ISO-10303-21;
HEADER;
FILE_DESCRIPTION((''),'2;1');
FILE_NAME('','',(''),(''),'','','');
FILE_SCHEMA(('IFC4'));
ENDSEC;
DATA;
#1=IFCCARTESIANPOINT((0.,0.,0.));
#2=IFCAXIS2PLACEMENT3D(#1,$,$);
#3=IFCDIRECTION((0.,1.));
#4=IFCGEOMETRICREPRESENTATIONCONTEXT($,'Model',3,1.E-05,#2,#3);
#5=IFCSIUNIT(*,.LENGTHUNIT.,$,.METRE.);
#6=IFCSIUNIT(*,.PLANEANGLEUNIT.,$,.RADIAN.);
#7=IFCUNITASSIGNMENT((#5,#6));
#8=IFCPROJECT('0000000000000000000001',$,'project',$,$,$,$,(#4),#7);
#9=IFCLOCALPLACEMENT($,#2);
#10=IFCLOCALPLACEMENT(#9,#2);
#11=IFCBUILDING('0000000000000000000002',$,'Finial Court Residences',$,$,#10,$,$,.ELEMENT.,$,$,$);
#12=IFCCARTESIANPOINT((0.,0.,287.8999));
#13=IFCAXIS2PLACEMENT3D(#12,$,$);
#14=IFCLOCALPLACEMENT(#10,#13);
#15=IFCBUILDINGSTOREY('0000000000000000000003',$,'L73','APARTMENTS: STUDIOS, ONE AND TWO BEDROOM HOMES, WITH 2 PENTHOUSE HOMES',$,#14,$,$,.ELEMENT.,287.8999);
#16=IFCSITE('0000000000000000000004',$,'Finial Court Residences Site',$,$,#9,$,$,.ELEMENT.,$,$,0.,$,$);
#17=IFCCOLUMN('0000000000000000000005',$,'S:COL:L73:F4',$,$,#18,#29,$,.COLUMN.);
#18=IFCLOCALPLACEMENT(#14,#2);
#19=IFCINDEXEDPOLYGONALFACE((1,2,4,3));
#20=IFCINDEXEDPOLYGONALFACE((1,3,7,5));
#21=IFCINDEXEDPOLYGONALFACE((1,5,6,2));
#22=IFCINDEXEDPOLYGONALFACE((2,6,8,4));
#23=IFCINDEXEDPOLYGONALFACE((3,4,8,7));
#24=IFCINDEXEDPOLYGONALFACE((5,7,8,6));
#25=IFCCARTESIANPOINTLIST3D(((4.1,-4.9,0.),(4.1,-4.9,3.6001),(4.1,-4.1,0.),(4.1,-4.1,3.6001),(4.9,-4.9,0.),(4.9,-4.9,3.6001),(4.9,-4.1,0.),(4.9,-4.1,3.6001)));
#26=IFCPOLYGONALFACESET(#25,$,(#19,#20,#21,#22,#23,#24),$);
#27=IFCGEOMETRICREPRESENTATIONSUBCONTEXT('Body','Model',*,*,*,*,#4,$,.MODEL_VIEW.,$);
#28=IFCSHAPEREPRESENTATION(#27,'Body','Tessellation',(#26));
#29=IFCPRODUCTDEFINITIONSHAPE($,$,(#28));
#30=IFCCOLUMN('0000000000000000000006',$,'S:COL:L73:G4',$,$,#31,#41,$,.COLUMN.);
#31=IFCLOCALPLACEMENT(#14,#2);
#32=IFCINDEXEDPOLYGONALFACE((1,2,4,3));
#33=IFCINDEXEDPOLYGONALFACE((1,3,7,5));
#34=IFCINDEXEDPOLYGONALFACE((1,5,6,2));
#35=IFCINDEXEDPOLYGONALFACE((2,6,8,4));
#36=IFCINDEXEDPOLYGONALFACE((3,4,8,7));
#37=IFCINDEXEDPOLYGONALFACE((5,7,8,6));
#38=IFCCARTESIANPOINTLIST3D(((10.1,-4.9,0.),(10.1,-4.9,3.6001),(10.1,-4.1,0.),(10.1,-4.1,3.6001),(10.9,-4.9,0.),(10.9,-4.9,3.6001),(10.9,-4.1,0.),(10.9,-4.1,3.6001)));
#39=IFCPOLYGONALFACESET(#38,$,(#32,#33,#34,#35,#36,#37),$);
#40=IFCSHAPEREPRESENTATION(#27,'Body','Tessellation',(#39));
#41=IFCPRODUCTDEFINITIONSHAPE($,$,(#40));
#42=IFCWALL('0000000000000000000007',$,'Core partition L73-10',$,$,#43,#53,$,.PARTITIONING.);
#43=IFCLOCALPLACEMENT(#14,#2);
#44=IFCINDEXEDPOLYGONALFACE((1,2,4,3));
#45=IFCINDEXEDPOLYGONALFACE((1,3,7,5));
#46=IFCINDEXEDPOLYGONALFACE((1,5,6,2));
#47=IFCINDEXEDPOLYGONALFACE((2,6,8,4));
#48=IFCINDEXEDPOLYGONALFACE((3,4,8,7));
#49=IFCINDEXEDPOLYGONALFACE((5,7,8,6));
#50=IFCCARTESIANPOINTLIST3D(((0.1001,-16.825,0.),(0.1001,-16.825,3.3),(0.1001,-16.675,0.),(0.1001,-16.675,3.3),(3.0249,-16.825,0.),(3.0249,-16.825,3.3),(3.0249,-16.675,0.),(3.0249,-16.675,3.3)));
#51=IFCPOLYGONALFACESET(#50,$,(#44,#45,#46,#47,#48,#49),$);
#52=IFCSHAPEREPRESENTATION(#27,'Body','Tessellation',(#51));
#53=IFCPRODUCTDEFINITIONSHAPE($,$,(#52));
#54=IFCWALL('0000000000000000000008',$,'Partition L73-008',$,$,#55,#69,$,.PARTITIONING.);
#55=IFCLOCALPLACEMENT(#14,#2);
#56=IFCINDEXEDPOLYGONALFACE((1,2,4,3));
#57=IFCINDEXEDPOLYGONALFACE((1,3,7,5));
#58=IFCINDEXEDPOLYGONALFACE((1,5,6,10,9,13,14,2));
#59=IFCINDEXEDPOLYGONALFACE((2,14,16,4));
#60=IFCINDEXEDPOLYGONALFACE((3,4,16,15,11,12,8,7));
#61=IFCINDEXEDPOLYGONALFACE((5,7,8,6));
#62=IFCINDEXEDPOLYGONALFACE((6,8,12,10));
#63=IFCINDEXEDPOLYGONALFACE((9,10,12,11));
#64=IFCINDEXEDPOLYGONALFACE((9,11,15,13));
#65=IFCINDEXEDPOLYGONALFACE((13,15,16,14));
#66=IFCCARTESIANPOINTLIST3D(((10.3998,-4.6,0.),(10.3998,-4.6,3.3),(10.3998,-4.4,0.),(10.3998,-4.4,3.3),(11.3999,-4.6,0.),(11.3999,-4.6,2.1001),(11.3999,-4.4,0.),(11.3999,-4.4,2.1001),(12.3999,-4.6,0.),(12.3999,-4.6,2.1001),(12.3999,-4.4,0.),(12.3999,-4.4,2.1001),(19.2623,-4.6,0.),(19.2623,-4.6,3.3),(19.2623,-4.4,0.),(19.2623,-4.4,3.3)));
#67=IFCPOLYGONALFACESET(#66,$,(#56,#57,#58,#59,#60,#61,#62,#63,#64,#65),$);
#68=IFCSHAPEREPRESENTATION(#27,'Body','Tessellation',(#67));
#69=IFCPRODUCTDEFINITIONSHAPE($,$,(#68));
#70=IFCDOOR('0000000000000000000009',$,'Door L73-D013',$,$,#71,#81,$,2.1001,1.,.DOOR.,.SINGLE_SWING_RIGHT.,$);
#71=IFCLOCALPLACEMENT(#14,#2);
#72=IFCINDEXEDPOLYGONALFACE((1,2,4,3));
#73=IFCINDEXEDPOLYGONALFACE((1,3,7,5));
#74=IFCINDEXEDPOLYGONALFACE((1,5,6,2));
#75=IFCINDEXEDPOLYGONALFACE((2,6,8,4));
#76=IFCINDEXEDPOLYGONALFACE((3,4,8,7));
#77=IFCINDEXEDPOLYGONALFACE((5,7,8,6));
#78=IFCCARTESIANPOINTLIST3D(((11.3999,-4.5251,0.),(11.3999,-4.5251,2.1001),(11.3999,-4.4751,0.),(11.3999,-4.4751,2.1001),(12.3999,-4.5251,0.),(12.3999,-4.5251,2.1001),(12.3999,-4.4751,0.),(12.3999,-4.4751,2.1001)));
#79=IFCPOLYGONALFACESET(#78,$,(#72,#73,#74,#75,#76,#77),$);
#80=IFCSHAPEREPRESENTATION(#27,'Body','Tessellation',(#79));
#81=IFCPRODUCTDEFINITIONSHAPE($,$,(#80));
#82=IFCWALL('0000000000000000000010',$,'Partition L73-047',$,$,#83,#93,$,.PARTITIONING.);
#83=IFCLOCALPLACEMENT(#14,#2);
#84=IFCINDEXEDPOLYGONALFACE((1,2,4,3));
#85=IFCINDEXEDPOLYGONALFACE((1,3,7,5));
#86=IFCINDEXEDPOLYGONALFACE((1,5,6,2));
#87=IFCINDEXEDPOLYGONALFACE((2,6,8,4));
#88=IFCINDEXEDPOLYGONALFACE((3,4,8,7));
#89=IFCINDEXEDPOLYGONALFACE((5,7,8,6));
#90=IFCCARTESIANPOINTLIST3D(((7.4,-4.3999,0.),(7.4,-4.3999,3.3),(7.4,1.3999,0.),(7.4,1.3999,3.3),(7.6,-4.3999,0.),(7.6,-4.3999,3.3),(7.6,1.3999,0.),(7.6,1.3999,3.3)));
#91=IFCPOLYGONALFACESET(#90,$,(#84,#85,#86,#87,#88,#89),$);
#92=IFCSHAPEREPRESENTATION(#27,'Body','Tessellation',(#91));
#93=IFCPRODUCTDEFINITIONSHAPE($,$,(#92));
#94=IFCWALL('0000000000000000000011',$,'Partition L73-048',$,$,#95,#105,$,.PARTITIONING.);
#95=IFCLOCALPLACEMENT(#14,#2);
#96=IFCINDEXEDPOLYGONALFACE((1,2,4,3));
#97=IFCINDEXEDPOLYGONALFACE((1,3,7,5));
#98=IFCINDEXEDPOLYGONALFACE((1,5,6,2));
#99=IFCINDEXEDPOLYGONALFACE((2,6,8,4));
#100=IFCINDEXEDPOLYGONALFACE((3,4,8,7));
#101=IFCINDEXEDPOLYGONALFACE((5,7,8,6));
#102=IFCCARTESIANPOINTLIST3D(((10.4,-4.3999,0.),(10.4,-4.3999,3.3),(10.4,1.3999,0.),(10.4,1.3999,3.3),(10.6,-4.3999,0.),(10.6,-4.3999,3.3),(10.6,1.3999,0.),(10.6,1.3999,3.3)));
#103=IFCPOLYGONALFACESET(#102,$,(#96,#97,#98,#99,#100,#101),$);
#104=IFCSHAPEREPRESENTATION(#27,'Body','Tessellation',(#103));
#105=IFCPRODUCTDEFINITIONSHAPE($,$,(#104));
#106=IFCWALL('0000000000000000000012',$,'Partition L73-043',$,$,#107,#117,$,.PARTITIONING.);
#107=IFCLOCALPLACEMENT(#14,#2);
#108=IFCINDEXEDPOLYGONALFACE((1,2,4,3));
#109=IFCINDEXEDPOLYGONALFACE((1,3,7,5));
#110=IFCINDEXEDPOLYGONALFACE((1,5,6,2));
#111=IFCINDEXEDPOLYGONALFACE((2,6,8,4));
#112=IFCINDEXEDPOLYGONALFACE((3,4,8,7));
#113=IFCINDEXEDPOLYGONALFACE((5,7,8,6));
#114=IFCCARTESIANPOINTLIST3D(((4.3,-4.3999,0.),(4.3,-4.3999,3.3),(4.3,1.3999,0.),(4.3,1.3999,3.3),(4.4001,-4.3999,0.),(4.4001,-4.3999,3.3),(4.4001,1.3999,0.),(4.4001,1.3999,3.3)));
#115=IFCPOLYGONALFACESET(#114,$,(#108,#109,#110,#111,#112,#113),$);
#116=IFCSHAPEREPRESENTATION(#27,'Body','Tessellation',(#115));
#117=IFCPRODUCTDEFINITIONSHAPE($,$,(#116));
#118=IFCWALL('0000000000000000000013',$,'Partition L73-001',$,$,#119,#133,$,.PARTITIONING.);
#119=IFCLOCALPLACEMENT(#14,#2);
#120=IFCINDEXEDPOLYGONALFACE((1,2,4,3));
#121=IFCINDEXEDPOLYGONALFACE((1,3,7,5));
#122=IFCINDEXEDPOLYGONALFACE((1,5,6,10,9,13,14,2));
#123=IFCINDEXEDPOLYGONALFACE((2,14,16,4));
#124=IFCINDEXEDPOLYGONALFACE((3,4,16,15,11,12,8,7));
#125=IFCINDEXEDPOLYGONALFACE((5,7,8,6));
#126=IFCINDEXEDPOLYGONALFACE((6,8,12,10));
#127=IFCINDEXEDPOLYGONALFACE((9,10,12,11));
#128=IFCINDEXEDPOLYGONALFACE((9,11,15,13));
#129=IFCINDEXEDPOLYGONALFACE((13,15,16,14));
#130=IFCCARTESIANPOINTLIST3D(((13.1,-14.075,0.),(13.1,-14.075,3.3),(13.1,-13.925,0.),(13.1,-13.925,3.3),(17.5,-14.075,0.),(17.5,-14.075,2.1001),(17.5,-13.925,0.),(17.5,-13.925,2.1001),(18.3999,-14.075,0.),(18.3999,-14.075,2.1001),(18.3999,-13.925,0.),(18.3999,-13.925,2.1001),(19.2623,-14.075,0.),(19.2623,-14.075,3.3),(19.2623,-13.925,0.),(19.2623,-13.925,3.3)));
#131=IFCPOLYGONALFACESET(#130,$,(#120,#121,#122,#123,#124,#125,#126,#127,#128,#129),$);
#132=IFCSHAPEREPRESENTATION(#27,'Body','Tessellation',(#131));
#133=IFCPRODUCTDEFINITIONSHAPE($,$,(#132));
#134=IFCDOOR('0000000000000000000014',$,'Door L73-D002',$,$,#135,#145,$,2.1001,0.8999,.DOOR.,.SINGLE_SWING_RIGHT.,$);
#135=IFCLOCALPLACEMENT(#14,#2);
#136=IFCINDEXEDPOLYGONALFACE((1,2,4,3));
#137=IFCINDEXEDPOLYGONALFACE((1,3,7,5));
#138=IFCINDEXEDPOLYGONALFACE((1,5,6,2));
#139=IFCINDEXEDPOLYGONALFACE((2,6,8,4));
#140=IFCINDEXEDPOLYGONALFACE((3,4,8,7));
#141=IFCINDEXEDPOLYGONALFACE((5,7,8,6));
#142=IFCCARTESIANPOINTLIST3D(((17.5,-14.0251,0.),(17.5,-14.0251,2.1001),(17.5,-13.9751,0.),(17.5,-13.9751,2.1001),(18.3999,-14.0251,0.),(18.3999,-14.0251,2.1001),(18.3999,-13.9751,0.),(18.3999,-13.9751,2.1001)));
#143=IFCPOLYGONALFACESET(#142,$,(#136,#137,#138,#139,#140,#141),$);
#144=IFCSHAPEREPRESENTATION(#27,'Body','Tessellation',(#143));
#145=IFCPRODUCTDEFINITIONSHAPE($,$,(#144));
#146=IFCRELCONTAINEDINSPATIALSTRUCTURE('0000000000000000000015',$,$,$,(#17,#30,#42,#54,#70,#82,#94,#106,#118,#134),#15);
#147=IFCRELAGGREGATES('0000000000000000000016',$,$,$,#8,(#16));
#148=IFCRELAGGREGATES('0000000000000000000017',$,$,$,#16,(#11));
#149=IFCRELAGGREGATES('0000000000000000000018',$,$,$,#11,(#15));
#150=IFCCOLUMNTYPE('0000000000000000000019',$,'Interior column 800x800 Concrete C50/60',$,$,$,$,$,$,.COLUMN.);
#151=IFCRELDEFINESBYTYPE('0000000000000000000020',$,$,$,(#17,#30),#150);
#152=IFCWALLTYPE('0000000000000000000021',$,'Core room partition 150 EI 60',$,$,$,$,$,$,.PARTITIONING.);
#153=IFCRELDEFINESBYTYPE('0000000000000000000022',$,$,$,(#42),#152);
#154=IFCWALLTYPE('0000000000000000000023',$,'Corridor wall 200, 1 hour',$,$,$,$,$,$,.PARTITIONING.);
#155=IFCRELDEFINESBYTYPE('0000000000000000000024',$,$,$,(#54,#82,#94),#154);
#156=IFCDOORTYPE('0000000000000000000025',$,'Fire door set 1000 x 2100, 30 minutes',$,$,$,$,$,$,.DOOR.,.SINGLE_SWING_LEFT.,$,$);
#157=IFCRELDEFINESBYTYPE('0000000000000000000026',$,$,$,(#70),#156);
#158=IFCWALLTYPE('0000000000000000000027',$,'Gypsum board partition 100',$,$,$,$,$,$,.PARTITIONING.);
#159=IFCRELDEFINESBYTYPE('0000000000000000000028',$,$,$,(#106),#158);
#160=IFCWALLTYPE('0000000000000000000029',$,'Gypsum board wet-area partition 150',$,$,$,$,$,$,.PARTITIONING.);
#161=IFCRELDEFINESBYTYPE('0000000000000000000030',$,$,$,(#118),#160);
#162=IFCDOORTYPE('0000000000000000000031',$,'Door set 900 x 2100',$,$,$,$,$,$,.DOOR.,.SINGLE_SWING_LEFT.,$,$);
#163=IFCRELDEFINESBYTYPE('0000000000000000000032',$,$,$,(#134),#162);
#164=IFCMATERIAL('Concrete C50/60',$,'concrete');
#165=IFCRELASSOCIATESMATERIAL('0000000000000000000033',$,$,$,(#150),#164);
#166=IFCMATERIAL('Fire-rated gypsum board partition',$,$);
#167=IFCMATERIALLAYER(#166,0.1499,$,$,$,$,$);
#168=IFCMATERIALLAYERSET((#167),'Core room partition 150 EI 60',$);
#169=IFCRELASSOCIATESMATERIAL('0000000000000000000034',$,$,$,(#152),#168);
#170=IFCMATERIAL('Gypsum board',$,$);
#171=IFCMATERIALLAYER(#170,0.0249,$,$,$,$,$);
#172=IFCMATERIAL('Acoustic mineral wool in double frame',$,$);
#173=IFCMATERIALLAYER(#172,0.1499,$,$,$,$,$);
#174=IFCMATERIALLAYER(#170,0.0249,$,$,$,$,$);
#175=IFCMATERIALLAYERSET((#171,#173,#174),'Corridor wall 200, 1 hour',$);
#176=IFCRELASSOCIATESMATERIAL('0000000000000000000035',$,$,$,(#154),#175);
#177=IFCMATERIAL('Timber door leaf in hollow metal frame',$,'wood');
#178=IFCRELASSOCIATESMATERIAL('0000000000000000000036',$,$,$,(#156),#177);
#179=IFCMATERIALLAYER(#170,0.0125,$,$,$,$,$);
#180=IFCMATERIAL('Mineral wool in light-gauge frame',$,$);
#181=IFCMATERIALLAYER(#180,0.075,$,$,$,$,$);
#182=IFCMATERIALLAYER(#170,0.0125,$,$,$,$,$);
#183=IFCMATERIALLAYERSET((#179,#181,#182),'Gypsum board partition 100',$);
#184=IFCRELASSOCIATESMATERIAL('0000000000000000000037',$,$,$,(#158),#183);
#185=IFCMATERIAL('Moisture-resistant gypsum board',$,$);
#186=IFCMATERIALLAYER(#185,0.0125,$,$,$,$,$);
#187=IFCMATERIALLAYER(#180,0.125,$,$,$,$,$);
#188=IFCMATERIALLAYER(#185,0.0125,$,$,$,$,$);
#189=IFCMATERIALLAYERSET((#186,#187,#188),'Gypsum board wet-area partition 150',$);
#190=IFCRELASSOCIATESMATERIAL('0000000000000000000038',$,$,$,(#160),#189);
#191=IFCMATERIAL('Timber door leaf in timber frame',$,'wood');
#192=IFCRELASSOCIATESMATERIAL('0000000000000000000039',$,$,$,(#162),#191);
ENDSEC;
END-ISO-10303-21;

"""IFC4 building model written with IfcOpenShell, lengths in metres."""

from ifc_helpers import new_model, si_unit, direction, frame, frame_2d, origin, origin_2d, place, context, subcontext, project, spatial, rectangle, extrude, material, layer, layer_set, material_profile, profile_set, type_object, element, fill, save


model = new_model("IFC4")

# Units and contexts
model_context = context("Model", 3, precision=1e-05, world=origin(), true_north=direction((0.0, 1.0)))
body_context = subcontext(model_context, "Body", "Model", "MODEL_VIEW")
ifc_project = project(units=[si_unit("LENGTHUNIT", "METRE"), si_unit("PLANEANGLEUNIT", "RADIAN")], contexts=[model_context])

# Site, building, storey
site_placement = place(None, origin())
site = spatial("IfcSite", under=ifc_project, at=site_placement, Name="Finial Court Residences Site", CompositionType="ELEMENT", RefElevation=0.0)
building_placement = place(site_placement, origin())
building = spatial("IfcBuilding", under=site, at=building_placement, Name="Finial Court Residences", CompositionType="ELEMENT")
storey_placement = place(building_placement, frame((0.0, 0.0, 287.8999)))
storey = spatial("IfcBuildingStorey", under=building, at=storey_placement, Name="L73", Description="APARTMENTS: STUDIOS, ONE AND TWO BEDROOM HOMES, WITH 2 PENTHOUSE HOMES", CompositionType="ELEMENT", Elevation=287.8999)

# Columns
ifc_material_1 = material(Name="Concrete C50/60", Category="concrete")
ifc_material_profile = material_profile(ifc_material_1, rectangle(XDim=0.8, YDim=0.8, at=origin_2d()), Name="800x800")
ifc_profile_set = profile_set([ifc_material_profile], Name="Concrete C50/60")
column_type = type_object("IfcColumnType", Name="Interior column 800x800 Concrete C50/60", PredefinedType="COLUMN", material=ifc_profile_set)
for number, where, z_axis, x_axis, name in (
    (1, (4.5, -4.5, 0.0), (0.0, 0.0, 1.0), (1.0, 0.0, 0.0), "S:COL:L73:F4"),
    (2, (10.5, -4.5, 0.0), (0.0, 0.0, 1.0), (1.0, 0.0, 0.0), "S:COL:L73:G4"),
):
    element("IfcColumn", number, at=place(storey_placement, frame(where, z_axis=z_axis, x_axis=x_axis)), inside=storey, type_object=column_type, Name=name, PredefinedType="COLUMN", context=body_context, shape_type="SweptSolid", body=[
        extrude(rectangle(XDim=0.8, YDim=0.8, at=origin_2d()), origin(), (0.0, 0.0, 1.0), 3.6001),
    ])

# Wall
ifc_material_2 = material(Name="Fire-rated gypsum board partition")
ifc_layer_1 = layer(ifc_material_2, 0.1499)
ifc_layer_set_1 = layer_set([ifc_layer_1], Name="Core room partition 150 EI 60")
wall_type_1 = type_object("IfcWallType", Name="Core room partition 150 EI 60", PredefinedType="PARTITIONING", material=ifc_layer_set_1)
wall_1_placement = place(storey_placement, frame((0.1001, -16.75, 0.0), z_axis=(0.0, 0.0, 1.0), x_axis=(1.0, 0.0, 0.0)))
element("IfcWall", 3, at=wall_1_placement, inside=storey, type_object=wall_type_1, Name="Core partition L73-10", PredefinedType="PARTITIONING", context=body_context, shape_type="SweptSolid", body=[
    extrude(rectangle(XDim=2.9248, YDim=0.1499, at=frame_2d((1.4624, 0.0))), origin(), (0.0, 0.0, 1.0), 3.3),
])

# Wall, opening, door
ifc_material_3 = material(Name="Gypsum board")
ifc_layer_2 = layer(ifc_material_3, 0.0249)
ifc_material_4 = material(Name="Acoustic mineral wool in double frame")
ifc_layer_3 = layer(ifc_material_4, 0.1499)
ifc_layer_4 = layer(ifc_material_3, 0.0249)
ifc_layer_set_2 = layer_set([ifc_layer_2, ifc_layer_3, ifc_layer_4], Name="Corridor wall 200, 1 hour")
wall_type_2 = type_object("IfcWallType", Name="Corridor wall 200, 1 hour", PredefinedType="PARTITIONING", material=ifc_layer_set_2)
wall_2_placement = place(storey_placement, frame((10.3999, -4.5, 0.0), z_axis=(0.0, 0.0, 1.0), x_axis=(1.0, 0.0, 0.0)))
wall_2 = element("IfcWall", 4, at=wall_2_placement, inside=storey, type_object=wall_type_2, Name="Partition L73-008", PredefinedType="PARTITIONING", context=body_context, shape_type="SweptSolid", body=[
    extrude(rectangle(XDim=8.8625, YDim=0.2, at=frame_2d((4.4312, 0.0))), origin(), (0.0, 0.0, 1.0), 3.3),
])
opening_1_placement = place(wall_2_placement, frame((1.0, 0.0, 0.0)))
opening_1 = element("IfcOpeningElement", 5, at=opening_1_placement, cuts=wall_2, PredefinedType="OPENING", context=body_context, shape_type="SweptSolid", body=[
    extrude(rectangle(XDim=1.0, YDim=2.1001, at=frame_2d((0.5, 1.05))), frame((0.0, 0.1099, 0.0), z_axis=(0.0, -1.0, 0.0), x_axis=(1.0, 0.0, 0.0)), (0.0, 0.0, 1.0), 0.22),
])
ifc_material_5 = material(Name="Timber door leaf in hollow metal frame", Category="wood")
door_type_1 = type_object("IfcDoorType", Name="Fire door set 1000 x 2100, 30 minutes", OperationType="SINGLE_SWING_LEFT", PredefinedType="DOOR", material=ifc_material_5)
door_1_placement = place(opening_1_placement, origin())
door_1 = element("IfcDoor", 6, at=door_1_placement, inside=storey, type_object=door_type_1, Name="Door L73-D013", OperationType="SINGLE_SWING_RIGHT", OverallHeight=2.1001, OverallWidth=1.0, PredefinedType="DOOR", context=body_context, shape_type="SweptSolid", body=[
    extrude(rectangle(XDim=1.0, YDim=2.1001, at=frame_2d((0.5, 1.05))), frame((0.0, 0.0249, 0.0), z_axis=(0.0, -1.0, 0.0), x_axis=(1.0, 0.0, 0.0)), (0.0, 0.0, 1.0), 0.05),
])
fill(opening_1, door_1)

# Walls
for number, where, z_axis, x_axis, name in (
    (7, (7.5, -4.3999, 0.0), (0.0, 0.0, 1.0), (0.0, 1.0, 0.0), "Partition L73-047"),
    (8, (10.5, -4.3999, 0.0), (0.0, 0.0, 1.0), (0.0, 1.0, 0.0), "Partition L73-048"),
):
    element("IfcWall", number, at=place(storey_placement, frame(where, z_axis=z_axis, x_axis=x_axis)), inside=storey, type_object=wall_type_2, Name=name, PredefinedType="PARTITIONING", context=body_context, shape_type="SweptSolid", body=[
        extrude(rectangle(XDim=5.7998, YDim=0.2, at=frame_2d((2.8999, 0.0))), origin(), (0.0, 0.0, 1.0), 3.3),
    ])
ifc_layer_5 = layer(ifc_material_3, 0.0125)
ifc_material_6 = material(Name="Mineral wool in light-gauge frame")
ifc_layer_6 = layer(ifc_material_6, 0.075)
ifc_layer_7 = layer(ifc_material_3, 0.0125)
ifc_layer_set_3 = layer_set([ifc_layer_5, ifc_layer_6, ifc_layer_7], Name="Gypsum board partition 100")
wall_type_3 = type_object("IfcWallType", Name="Gypsum board partition 100", PredefinedType="PARTITIONING", material=ifc_layer_set_3)
wall_3_placement = place(storey_placement, frame((4.3501, -4.3999, 0.0), z_axis=(0.0, 0.0, 1.0), x_axis=(0.0, 1.0, 0.0)))
element("IfcWall", 9, at=wall_3_placement, inside=storey, type_object=wall_type_3, Name="Partition L73-043", PredefinedType="PARTITIONING", context=body_context, shape_type="SweptSolid", body=[
    extrude(rectangle(XDim=5.7998, YDim=0.1001, at=frame_2d((2.8999, 0.0))), origin(), (0.0, 0.0, 1.0), 3.3),
])

# Wall, opening, door
ifc_material_7 = material(Name="Moisture-resistant gypsum board")
ifc_layer_8 = layer(ifc_material_7, 0.0125)
ifc_layer_9 = layer(ifc_material_6, 0.125)
ifc_layer_10 = layer(ifc_material_7, 0.0125)
ifc_layer_set_4 = layer_set([ifc_layer_8, ifc_layer_9, ifc_layer_10], Name="Gypsum board wet-area partition 150")
wall_type_4 = type_object("IfcWallType", Name="Gypsum board wet-area partition 150", PredefinedType="PARTITIONING", material=ifc_layer_set_4)
wall_4_placement = place(storey_placement, frame((13.1001, -14.0, 0.0), z_axis=(0.0, 0.0, 1.0), x_axis=(1.0, 0.0, 0.0)))
wall_4 = element("IfcWall", 10, at=wall_4_placement, inside=storey, type_object=wall_type_4, Name="Partition L73-001", PredefinedType="PARTITIONING", context=body_context, shape_type="SweptSolid", body=[
    extrude(rectangle(XDim=6.1624, YDim=0.1499, at=frame_2d((3.0811, 0.0))), origin(), (0.0, 0.0, 1.0), 3.3),
])
opening_2_placement = place(wall_4_placement, frame((4.3999, 0.0, 0.0)))
opening_2 = element("IfcOpeningElement", 11, at=opening_2_placement, cuts=wall_4, PredefinedType="OPENING", context=body_context, shape_type="SweptSolid", body=[
    extrude(rectangle(XDim=0.8999, YDim=2.1001, at=frame_2d((0.45, 1.05))), frame((0.0, 0.085, 0.0), z_axis=(0.0, -1.0, 0.0), x_axis=(1.0, 0.0, 0.0)), (0.0, 0.0, 1.0), 0.1699),
])
ifc_material_8 = material(Name="Timber door leaf in timber frame", Category="wood")
door_type_2 = type_object("IfcDoorType", Name="Door set 900 x 2100", OperationType="SINGLE_SWING_LEFT", PredefinedType="DOOR", material=ifc_material_8)
door_2_placement = place(opening_2_placement, origin())
door_2 = element("IfcDoor", 12, at=door_2_placement, inside=storey, type_object=door_type_2, Name="Door L73-D002", OperationType="SINGLE_SWING_RIGHT", OverallHeight=2.1001, OverallWidth=0.8999, PredefinedType="DOOR", context=body_context, shape_type="SweptSolid", body=[
    extrude(rectangle(XDim=0.8999, YDim=2.1001, at=frame_2d((0.45, 1.05))), frame((0.0, 0.0249, 0.0), z_axis=(0.0, -1.0, 0.0), x_axis=(1.0, 0.0, 0.0)), (0.0, 0.0, 1.0), 0.05),
])
fill(opening_2, door_2)

save(model, "model.ifc")
